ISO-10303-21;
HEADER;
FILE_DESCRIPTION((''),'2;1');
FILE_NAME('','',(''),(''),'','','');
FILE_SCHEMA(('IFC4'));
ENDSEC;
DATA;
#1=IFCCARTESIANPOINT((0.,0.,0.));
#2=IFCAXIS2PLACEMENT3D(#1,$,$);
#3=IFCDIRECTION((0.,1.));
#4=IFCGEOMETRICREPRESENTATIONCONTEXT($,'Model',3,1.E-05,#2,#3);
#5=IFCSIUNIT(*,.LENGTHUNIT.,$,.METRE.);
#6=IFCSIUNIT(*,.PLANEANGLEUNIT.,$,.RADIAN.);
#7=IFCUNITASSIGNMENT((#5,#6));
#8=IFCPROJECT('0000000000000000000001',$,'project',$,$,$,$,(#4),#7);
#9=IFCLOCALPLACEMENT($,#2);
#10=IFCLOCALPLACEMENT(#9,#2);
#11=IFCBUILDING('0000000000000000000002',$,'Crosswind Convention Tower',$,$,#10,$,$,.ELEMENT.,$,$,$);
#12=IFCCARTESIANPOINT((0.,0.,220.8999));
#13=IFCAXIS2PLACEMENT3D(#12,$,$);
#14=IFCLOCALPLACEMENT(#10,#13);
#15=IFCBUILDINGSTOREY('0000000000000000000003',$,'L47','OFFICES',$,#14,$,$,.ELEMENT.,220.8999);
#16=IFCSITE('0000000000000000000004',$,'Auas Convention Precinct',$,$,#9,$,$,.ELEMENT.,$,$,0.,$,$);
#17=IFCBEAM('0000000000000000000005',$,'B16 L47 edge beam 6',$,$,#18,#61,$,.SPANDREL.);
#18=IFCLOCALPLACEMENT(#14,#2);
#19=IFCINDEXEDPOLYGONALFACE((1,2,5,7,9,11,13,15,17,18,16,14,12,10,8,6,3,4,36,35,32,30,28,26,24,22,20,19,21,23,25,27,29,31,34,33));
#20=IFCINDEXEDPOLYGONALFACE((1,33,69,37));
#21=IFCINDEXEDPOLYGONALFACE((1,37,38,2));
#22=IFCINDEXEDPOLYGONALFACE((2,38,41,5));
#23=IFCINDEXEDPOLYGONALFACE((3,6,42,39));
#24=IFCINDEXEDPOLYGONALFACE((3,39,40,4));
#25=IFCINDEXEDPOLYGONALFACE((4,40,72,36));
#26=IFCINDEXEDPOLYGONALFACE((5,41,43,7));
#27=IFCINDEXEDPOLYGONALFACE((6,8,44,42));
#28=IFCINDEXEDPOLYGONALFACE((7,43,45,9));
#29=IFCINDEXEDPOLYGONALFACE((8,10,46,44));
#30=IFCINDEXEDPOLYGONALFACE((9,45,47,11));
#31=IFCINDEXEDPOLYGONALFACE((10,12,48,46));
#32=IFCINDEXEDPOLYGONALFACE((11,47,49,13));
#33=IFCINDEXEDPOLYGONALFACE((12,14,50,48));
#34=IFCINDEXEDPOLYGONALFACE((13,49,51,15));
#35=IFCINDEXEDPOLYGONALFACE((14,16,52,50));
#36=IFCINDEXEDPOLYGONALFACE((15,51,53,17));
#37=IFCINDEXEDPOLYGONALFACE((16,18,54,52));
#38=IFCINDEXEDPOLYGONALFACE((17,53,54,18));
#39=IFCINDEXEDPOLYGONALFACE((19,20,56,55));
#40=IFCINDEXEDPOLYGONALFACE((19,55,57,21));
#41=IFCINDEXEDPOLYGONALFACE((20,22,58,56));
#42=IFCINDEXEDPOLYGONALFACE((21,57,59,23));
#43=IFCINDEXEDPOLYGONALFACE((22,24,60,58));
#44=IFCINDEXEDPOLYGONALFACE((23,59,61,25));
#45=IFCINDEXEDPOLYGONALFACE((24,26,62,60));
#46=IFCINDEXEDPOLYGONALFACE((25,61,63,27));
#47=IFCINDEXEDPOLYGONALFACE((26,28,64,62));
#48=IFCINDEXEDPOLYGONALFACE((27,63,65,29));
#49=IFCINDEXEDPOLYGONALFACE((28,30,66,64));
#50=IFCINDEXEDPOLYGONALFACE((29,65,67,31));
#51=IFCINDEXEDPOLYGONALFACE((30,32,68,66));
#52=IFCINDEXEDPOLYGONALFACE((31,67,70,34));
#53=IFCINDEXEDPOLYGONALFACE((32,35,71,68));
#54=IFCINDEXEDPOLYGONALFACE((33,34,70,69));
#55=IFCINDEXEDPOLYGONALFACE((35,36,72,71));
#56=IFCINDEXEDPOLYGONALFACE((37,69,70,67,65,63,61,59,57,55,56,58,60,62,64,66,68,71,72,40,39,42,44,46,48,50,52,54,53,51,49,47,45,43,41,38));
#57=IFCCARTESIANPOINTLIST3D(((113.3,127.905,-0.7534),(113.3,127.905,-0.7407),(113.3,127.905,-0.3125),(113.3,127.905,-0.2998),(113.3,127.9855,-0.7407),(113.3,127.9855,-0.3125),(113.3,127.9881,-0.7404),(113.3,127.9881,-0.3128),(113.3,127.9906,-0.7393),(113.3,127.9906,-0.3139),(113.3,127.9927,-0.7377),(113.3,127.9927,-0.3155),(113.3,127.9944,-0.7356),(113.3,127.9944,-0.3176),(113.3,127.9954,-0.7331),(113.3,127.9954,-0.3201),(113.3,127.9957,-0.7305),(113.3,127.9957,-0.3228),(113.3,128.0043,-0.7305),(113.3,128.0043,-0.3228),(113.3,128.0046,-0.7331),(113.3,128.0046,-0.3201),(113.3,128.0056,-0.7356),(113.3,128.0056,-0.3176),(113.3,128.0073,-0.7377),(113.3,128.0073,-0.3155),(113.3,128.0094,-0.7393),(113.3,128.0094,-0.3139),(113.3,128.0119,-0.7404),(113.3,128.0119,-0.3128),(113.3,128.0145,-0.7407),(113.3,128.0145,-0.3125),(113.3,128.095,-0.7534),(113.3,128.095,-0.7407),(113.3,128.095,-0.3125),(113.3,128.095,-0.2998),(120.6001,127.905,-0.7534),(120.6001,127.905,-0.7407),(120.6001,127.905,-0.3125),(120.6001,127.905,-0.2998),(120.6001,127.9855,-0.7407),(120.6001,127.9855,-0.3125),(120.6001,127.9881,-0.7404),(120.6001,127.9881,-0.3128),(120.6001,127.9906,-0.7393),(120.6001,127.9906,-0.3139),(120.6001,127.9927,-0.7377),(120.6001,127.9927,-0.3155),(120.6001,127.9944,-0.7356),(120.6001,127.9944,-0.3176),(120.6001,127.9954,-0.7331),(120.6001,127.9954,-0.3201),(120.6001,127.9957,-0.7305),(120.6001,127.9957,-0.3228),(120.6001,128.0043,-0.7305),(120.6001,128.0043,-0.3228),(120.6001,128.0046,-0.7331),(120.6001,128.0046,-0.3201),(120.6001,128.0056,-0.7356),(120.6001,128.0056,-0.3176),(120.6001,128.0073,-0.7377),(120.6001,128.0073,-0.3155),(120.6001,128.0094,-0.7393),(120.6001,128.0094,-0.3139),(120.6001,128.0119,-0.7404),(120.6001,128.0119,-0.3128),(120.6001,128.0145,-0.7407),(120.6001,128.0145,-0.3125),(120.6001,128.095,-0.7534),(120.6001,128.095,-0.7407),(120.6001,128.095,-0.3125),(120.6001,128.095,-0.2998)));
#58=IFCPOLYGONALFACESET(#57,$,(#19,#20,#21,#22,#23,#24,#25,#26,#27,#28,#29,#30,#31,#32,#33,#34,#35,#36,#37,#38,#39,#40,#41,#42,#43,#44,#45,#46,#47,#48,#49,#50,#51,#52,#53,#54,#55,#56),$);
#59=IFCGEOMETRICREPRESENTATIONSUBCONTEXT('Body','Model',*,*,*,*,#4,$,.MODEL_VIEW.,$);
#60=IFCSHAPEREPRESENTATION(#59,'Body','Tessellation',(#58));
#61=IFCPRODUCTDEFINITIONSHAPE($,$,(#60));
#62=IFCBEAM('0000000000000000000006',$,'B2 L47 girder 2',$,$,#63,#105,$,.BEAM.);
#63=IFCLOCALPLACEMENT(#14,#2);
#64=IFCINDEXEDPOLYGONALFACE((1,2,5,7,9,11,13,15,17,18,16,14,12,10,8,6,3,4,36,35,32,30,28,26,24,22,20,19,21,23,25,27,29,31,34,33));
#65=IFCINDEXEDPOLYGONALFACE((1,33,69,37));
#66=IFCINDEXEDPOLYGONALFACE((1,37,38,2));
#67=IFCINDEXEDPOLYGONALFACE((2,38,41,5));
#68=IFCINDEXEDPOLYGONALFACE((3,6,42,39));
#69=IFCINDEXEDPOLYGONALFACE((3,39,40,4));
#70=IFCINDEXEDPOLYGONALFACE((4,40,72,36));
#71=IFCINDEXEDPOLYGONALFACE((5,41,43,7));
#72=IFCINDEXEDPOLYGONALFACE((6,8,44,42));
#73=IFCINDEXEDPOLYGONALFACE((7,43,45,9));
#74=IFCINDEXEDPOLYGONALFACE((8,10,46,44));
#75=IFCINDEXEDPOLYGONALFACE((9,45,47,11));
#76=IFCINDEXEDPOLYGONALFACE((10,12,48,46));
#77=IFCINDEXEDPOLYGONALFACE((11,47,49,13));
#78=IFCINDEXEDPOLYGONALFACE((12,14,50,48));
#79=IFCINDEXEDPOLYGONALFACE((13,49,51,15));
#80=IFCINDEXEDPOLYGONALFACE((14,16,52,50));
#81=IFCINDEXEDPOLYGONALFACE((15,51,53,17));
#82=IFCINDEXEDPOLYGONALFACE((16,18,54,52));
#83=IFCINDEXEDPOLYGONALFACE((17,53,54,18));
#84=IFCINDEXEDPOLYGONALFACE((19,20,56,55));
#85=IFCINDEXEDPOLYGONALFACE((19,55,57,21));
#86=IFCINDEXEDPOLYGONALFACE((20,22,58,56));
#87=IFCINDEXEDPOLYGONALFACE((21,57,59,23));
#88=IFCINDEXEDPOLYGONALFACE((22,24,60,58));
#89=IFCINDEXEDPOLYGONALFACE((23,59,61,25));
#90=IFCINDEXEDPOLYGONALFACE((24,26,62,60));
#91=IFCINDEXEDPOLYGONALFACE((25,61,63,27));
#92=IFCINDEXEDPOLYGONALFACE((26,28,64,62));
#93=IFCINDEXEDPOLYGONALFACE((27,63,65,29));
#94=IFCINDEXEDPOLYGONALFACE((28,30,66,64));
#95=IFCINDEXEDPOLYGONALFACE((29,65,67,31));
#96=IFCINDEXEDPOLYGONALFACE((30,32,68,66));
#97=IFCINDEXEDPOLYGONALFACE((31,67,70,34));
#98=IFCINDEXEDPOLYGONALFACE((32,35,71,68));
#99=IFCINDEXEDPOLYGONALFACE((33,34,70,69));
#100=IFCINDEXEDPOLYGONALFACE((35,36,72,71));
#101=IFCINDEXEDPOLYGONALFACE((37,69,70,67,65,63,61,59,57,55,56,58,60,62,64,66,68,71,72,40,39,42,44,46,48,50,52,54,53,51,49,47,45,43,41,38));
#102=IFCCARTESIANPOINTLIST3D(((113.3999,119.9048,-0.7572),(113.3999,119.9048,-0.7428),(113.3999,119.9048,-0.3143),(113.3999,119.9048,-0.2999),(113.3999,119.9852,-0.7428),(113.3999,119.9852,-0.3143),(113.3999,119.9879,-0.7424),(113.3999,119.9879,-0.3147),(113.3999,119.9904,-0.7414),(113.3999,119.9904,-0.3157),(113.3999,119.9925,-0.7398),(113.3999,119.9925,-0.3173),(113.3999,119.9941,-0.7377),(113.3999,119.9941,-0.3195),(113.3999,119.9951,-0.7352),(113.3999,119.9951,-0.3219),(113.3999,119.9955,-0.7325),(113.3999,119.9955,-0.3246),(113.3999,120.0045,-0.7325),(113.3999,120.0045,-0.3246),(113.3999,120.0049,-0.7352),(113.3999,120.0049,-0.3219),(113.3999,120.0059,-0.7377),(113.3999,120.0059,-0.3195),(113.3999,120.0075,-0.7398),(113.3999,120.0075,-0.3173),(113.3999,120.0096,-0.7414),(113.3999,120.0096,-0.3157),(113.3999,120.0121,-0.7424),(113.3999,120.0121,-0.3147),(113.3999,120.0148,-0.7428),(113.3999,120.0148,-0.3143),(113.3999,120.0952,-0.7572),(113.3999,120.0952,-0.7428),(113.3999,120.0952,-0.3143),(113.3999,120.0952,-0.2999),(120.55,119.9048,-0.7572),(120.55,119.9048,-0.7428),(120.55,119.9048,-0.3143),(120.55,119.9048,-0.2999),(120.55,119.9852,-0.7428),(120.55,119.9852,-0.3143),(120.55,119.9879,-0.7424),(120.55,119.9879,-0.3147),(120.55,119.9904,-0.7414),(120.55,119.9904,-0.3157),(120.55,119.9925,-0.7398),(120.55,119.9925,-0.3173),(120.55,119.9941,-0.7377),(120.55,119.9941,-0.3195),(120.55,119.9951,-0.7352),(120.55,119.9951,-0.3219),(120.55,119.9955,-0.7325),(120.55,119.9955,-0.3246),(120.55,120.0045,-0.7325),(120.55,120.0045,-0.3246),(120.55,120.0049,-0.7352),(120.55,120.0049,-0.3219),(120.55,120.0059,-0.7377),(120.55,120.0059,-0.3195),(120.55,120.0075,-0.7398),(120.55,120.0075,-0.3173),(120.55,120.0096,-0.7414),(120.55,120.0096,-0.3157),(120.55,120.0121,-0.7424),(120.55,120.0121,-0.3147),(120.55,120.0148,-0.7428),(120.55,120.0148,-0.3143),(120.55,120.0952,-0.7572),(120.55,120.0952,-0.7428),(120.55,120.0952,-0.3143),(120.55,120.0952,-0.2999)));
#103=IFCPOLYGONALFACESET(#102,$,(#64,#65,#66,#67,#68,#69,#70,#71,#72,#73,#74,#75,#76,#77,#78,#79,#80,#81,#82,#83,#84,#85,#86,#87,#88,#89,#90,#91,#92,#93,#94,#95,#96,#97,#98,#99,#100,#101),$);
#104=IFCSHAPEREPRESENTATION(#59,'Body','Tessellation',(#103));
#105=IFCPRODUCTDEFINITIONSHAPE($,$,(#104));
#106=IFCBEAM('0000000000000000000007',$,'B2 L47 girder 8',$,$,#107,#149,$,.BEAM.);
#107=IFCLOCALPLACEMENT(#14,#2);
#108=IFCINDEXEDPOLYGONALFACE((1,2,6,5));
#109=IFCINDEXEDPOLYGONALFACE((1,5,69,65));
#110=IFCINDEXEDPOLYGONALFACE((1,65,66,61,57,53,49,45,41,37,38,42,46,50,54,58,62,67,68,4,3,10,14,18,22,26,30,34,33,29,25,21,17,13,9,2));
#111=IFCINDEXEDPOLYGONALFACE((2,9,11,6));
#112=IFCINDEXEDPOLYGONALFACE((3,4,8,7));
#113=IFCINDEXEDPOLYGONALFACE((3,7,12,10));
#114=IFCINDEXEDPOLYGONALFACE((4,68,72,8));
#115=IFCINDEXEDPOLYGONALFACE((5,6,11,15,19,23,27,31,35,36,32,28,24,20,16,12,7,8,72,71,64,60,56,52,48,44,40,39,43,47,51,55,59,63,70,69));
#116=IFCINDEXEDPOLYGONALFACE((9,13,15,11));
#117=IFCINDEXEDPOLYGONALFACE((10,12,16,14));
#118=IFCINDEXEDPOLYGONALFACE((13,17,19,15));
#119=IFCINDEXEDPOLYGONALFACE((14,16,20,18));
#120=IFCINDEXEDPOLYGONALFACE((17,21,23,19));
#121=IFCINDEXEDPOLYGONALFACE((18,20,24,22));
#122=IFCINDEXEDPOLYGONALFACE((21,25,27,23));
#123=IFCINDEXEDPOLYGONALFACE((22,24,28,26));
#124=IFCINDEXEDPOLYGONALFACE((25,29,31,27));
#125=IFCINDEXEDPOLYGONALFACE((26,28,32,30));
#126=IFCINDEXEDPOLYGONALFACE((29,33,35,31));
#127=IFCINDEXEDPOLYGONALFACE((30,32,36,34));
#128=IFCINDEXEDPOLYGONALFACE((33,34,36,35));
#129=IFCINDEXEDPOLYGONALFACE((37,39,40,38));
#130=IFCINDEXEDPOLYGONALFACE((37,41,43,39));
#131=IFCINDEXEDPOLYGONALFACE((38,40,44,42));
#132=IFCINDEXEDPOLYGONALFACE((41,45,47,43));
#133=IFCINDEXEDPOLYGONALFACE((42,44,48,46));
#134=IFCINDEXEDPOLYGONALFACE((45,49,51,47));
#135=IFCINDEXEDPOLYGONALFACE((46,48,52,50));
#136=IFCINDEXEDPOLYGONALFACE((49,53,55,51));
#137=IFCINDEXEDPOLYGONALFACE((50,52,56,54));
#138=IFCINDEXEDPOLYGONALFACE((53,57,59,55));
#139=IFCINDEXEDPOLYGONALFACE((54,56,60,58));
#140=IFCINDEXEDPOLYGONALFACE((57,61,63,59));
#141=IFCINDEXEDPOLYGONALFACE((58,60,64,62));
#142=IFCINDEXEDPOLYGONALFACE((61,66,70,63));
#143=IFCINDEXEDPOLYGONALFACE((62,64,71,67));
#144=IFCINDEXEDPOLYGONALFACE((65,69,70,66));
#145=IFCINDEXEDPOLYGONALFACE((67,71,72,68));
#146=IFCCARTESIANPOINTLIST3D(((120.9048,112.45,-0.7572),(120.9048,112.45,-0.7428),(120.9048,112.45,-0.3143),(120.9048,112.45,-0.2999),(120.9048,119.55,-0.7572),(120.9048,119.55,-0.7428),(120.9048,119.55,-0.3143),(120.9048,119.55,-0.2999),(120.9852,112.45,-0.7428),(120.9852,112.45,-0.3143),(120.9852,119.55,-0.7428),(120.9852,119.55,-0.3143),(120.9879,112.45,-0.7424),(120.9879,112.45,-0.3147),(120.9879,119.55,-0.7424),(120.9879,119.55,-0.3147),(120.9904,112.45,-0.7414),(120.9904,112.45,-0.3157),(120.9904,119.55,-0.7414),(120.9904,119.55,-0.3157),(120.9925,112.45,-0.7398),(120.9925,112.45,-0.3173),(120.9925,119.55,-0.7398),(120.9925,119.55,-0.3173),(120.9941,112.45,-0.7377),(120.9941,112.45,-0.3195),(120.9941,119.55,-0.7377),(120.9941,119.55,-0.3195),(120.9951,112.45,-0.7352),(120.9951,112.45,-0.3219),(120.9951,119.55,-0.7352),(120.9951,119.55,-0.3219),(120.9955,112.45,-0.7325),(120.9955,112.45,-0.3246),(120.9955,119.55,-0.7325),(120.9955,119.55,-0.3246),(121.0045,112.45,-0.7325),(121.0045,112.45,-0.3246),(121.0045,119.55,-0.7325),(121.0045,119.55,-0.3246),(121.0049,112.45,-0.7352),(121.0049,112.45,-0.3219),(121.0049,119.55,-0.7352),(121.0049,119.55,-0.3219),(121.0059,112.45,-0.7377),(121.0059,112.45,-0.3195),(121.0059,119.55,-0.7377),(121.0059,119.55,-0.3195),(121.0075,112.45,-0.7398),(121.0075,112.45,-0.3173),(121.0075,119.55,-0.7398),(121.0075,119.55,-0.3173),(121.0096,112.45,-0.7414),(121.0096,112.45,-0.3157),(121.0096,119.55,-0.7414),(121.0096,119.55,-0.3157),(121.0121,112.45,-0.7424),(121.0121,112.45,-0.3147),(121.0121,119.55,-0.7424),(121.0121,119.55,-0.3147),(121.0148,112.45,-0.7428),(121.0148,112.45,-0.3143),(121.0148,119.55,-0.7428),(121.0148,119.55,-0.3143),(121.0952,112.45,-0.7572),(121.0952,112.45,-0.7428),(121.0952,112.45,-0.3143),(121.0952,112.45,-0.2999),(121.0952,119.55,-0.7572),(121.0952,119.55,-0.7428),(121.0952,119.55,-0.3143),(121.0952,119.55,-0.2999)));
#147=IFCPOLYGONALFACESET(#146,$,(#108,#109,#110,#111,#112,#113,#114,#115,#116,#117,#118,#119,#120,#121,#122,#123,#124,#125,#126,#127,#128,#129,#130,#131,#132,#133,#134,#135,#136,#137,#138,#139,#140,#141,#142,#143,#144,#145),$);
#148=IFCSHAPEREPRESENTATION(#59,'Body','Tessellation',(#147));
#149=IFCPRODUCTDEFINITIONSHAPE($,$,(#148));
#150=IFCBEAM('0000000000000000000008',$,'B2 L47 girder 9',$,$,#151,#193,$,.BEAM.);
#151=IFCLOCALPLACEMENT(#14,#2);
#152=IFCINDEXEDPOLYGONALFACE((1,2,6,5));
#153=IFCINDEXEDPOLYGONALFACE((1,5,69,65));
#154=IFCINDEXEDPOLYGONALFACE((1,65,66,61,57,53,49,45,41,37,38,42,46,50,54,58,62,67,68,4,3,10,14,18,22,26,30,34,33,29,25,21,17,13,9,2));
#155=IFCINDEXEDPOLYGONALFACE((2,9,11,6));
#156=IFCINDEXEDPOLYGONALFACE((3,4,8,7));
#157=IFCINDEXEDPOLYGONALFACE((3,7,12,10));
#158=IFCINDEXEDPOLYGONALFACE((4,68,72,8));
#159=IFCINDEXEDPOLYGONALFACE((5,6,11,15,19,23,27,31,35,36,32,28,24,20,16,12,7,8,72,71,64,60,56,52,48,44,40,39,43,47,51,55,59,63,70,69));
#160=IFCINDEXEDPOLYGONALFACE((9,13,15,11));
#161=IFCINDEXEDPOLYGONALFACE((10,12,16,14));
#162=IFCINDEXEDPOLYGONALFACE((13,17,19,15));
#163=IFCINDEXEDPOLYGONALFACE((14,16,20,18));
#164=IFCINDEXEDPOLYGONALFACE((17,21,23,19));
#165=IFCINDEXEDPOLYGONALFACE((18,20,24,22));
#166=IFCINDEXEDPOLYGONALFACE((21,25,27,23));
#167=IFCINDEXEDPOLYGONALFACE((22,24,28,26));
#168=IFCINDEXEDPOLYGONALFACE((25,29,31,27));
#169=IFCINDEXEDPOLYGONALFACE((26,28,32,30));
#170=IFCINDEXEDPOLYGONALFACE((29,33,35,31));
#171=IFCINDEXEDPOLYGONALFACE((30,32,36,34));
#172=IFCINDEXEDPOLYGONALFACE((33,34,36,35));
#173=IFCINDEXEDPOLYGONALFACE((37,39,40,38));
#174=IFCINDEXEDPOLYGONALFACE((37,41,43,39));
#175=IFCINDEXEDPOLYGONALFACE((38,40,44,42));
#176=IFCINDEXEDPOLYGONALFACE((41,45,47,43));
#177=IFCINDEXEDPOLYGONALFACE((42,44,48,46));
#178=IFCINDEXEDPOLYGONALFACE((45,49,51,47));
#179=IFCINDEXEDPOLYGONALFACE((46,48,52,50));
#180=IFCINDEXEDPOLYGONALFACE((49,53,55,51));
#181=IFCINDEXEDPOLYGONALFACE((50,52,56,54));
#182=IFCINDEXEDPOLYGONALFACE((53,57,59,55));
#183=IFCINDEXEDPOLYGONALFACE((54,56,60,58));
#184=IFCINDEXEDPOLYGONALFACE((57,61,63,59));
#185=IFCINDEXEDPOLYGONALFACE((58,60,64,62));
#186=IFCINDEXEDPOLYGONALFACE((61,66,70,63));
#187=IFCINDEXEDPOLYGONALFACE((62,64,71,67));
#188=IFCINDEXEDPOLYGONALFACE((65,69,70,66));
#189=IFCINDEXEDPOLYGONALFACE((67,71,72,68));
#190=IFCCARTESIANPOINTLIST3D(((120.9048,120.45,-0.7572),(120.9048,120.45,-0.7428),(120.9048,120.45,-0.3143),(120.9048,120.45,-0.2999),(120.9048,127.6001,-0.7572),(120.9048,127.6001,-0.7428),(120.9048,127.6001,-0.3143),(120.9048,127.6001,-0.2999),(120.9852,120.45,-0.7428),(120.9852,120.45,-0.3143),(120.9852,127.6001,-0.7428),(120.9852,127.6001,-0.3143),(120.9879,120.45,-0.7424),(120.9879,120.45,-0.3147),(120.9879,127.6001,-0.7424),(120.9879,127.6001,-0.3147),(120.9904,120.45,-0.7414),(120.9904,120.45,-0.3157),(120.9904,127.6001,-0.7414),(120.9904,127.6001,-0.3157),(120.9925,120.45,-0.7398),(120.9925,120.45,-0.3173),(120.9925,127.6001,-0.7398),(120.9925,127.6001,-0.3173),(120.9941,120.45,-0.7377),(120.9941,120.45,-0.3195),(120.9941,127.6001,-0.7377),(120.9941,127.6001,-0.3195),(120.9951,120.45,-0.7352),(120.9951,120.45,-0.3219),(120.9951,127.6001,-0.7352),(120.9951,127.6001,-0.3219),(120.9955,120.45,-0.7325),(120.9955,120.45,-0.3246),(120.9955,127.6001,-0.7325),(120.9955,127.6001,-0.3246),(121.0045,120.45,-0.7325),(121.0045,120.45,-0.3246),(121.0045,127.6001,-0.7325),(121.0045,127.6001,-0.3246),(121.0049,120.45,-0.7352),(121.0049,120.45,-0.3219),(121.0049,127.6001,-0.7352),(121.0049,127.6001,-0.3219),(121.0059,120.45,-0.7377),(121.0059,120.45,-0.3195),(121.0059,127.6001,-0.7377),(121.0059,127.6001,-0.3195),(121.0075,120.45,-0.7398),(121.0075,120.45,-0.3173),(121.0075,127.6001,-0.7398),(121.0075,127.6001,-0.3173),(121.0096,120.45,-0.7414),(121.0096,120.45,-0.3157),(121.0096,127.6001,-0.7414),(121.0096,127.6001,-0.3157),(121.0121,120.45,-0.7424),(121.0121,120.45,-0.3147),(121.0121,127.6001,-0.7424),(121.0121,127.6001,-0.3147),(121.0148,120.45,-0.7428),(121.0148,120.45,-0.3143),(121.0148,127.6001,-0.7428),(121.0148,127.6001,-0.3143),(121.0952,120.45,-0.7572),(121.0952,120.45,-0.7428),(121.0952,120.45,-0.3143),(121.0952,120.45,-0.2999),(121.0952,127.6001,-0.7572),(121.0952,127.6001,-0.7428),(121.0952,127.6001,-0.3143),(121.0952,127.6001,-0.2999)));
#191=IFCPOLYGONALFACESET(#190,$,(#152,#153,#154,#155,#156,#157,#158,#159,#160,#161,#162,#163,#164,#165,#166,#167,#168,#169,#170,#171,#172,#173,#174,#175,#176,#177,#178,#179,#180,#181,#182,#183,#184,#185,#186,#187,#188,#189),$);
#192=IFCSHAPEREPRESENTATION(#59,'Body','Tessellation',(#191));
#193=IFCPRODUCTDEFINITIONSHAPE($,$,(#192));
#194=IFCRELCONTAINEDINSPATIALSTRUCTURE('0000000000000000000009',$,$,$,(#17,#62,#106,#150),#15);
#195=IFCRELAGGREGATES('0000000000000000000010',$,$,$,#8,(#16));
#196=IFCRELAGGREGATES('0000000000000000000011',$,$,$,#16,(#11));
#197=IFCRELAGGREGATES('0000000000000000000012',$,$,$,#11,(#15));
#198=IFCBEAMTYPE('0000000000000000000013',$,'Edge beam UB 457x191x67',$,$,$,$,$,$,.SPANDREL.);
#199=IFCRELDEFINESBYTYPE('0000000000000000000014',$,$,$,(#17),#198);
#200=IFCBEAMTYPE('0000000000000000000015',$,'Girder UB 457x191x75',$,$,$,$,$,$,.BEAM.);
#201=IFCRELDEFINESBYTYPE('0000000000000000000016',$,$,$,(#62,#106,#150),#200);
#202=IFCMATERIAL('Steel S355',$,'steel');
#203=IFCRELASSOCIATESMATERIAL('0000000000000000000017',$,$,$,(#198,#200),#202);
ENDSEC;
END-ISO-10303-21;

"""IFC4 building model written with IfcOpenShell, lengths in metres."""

from ifc_helpers import new_model, si_unit, direction, frame, origin, origin_2d, place, context, subcontext, project, spatial, i_section, extrude, material, material_profile, profile_set, type_object, element, save


model = new_model("IFC4")

# Units and contexts
model_context = context("Model", 3, precision=1e-05, world=origin(), true_north=direction((0.0, 1.0)))
body_context = subcontext(model_context, "Body", "Model", "MODEL_VIEW")
ifc_project = project(units=[si_unit("LENGTHUNIT", "METRE"), si_unit("PLANEANGLEUNIT", "RADIAN")], contexts=[model_context])

# Site, building, storey
site_placement = place(None, origin())
site = spatial("IfcSite", under=ifc_project, at=site_placement, Name="Auas Convention Precinct", CompositionType="ELEMENT", RefElevation=0.0)
building_placement = place(site_placement, origin())
building = spatial("IfcBuilding", under=site, at=building_placement, Name="Crosswind Convention Tower", CompositionType="ELEMENT")
storey_placement = place(building_placement, frame((0.0, 0.0, 220.8999)))
storey = spatial("IfcBuildingStorey", under=building, at=storey_placement, Name="L47", Description="OFFICES", CompositionType="ELEMENT", Elevation=220.8999)

# Beams
ifc_material_1 = material(Name="Steel S355", Category="steel")
ifc_material_profile_1 = material_profile(ifc_material_1, i_section(OverallWidth=0.1899, OverallDepth=0.4536, WebThickness=0.0085, FlangeThickness=0.0127, FilletRadius=0.0103, at=origin_2d()), Name="UB 457x191x67")
ifc_profile_set_1 = profile_set([ifc_material_profile_1], Name="Steel S355")
beam_type_1 = type_object("IfcBeamType", Name="Edge beam UB 457x191x67", PredefinedType="SPANDREL", material=ifc_profile_set_1)
for number, where, z_axis, x_axis, name in (
    (1, (113.3, 128.0, -0.5266), (1.0, 0.0, 0.0), (0.0, 1.0, 0.0), "B16 L47 edge beam 6"),
):
    element("IfcBeam", number, at=place(storey_placement, frame(where, z_axis=z_axis, x_axis=x_axis)), inside=storey, type_object=beam_type_1, Name=name, PredefinedType="SPANDREL", context=body_context, shape_type="SweptSolid", body=[
        extrude(i_section(OverallWidth=0.1899, OverallDepth=0.4536, WebThickness=0.0085, FlangeThickness=0.0127, FilletRadius=0.0103, at=origin_2d()), origin(), (0.0, 0.0, 1.0), 7.3),
    ])
ifc_material_profile_2 = material_profile(ifc_material_1, i_section(OverallWidth=0.1904, OverallDepth=0.4573, WebThickness=0.009, FlangeThickness=0.0144, FilletRadius=0.0103, at=origin_2d()), Name="UB 457x191x75")
ifc_profile_set_2 = profile_set([ifc_material_profile_2], Name="Steel S355")
beam_type_2 = type_object("IfcBeamType", Name="Girder UB 457x191x75", PredefinedType="BEAM", material=ifc_profile_set_2)
beam_1_placement = place(storey_placement, frame((113.3999, 120.0, -0.5286), z_axis=(1.0, 0.0, 0.0), x_axis=(0.0, 1.0, 0.0)))
element("IfcBeam", 2, at=beam_1_placement, inside=storey, type_object=beam_type_2, Name="B2 L47 girder 2", PredefinedType="BEAM", context=body_context, shape_type="SweptSolid", body=[
    extrude(i_section(OverallWidth=0.1904, OverallDepth=0.4573, WebThickness=0.009, FlangeThickness=0.0144, FilletRadius=0.0103, at=origin_2d()), origin(), (0.0, 0.0, 1.0), 7.1501),
])
beam_2_placement = place(storey_placement, frame((121.0, 112.45, -0.5286), z_axis=(0.0, 1.0, 0.0), x_axis=(-1.0, 0.0, 0.0)))
element("IfcBeam", 3, at=beam_2_placement, inside=storey, type_object=beam_type_2, Name="B2 L47 girder 8", PredefinedType="BEAM", context=body_context, shape_type="SweptSolid", body=[
    extrude(i_section(OverallWidth=0.1904, OverallDepth=0.4573, WebThickness=0.009, FlangeThickness=0.0144, FilletRadius=0.0103, at=origin_2d()), origin(), (0.0, 0.0, 1.0), 7.1001),
])
beam_3_placement = place(storey_placement, frame((121.0, 120.45, -0.5286), z_axis=(0.0, 1.0, 0.0), x_axis=(-1.0, 0.0, 0.0)))
element("IfcBeam", 4, at=beam_3_placement, inside=storey, type_object=beam_type_2, Name="B2 L47 girder 9", PredefinedType="BEAM", context=body_context, shape_type="SweptSolid", body=[
    extrude(i_section(OverallWidth=0.1904, OverallDepth=0.4573, WebThickness=0.009, FlangeThickness=0.0144, FilletRadius=0.0103, at=origin_2d()), origin(), (0.0, 0.0, 1.0), 7.1501),
])

save(model, "model.ifc")
